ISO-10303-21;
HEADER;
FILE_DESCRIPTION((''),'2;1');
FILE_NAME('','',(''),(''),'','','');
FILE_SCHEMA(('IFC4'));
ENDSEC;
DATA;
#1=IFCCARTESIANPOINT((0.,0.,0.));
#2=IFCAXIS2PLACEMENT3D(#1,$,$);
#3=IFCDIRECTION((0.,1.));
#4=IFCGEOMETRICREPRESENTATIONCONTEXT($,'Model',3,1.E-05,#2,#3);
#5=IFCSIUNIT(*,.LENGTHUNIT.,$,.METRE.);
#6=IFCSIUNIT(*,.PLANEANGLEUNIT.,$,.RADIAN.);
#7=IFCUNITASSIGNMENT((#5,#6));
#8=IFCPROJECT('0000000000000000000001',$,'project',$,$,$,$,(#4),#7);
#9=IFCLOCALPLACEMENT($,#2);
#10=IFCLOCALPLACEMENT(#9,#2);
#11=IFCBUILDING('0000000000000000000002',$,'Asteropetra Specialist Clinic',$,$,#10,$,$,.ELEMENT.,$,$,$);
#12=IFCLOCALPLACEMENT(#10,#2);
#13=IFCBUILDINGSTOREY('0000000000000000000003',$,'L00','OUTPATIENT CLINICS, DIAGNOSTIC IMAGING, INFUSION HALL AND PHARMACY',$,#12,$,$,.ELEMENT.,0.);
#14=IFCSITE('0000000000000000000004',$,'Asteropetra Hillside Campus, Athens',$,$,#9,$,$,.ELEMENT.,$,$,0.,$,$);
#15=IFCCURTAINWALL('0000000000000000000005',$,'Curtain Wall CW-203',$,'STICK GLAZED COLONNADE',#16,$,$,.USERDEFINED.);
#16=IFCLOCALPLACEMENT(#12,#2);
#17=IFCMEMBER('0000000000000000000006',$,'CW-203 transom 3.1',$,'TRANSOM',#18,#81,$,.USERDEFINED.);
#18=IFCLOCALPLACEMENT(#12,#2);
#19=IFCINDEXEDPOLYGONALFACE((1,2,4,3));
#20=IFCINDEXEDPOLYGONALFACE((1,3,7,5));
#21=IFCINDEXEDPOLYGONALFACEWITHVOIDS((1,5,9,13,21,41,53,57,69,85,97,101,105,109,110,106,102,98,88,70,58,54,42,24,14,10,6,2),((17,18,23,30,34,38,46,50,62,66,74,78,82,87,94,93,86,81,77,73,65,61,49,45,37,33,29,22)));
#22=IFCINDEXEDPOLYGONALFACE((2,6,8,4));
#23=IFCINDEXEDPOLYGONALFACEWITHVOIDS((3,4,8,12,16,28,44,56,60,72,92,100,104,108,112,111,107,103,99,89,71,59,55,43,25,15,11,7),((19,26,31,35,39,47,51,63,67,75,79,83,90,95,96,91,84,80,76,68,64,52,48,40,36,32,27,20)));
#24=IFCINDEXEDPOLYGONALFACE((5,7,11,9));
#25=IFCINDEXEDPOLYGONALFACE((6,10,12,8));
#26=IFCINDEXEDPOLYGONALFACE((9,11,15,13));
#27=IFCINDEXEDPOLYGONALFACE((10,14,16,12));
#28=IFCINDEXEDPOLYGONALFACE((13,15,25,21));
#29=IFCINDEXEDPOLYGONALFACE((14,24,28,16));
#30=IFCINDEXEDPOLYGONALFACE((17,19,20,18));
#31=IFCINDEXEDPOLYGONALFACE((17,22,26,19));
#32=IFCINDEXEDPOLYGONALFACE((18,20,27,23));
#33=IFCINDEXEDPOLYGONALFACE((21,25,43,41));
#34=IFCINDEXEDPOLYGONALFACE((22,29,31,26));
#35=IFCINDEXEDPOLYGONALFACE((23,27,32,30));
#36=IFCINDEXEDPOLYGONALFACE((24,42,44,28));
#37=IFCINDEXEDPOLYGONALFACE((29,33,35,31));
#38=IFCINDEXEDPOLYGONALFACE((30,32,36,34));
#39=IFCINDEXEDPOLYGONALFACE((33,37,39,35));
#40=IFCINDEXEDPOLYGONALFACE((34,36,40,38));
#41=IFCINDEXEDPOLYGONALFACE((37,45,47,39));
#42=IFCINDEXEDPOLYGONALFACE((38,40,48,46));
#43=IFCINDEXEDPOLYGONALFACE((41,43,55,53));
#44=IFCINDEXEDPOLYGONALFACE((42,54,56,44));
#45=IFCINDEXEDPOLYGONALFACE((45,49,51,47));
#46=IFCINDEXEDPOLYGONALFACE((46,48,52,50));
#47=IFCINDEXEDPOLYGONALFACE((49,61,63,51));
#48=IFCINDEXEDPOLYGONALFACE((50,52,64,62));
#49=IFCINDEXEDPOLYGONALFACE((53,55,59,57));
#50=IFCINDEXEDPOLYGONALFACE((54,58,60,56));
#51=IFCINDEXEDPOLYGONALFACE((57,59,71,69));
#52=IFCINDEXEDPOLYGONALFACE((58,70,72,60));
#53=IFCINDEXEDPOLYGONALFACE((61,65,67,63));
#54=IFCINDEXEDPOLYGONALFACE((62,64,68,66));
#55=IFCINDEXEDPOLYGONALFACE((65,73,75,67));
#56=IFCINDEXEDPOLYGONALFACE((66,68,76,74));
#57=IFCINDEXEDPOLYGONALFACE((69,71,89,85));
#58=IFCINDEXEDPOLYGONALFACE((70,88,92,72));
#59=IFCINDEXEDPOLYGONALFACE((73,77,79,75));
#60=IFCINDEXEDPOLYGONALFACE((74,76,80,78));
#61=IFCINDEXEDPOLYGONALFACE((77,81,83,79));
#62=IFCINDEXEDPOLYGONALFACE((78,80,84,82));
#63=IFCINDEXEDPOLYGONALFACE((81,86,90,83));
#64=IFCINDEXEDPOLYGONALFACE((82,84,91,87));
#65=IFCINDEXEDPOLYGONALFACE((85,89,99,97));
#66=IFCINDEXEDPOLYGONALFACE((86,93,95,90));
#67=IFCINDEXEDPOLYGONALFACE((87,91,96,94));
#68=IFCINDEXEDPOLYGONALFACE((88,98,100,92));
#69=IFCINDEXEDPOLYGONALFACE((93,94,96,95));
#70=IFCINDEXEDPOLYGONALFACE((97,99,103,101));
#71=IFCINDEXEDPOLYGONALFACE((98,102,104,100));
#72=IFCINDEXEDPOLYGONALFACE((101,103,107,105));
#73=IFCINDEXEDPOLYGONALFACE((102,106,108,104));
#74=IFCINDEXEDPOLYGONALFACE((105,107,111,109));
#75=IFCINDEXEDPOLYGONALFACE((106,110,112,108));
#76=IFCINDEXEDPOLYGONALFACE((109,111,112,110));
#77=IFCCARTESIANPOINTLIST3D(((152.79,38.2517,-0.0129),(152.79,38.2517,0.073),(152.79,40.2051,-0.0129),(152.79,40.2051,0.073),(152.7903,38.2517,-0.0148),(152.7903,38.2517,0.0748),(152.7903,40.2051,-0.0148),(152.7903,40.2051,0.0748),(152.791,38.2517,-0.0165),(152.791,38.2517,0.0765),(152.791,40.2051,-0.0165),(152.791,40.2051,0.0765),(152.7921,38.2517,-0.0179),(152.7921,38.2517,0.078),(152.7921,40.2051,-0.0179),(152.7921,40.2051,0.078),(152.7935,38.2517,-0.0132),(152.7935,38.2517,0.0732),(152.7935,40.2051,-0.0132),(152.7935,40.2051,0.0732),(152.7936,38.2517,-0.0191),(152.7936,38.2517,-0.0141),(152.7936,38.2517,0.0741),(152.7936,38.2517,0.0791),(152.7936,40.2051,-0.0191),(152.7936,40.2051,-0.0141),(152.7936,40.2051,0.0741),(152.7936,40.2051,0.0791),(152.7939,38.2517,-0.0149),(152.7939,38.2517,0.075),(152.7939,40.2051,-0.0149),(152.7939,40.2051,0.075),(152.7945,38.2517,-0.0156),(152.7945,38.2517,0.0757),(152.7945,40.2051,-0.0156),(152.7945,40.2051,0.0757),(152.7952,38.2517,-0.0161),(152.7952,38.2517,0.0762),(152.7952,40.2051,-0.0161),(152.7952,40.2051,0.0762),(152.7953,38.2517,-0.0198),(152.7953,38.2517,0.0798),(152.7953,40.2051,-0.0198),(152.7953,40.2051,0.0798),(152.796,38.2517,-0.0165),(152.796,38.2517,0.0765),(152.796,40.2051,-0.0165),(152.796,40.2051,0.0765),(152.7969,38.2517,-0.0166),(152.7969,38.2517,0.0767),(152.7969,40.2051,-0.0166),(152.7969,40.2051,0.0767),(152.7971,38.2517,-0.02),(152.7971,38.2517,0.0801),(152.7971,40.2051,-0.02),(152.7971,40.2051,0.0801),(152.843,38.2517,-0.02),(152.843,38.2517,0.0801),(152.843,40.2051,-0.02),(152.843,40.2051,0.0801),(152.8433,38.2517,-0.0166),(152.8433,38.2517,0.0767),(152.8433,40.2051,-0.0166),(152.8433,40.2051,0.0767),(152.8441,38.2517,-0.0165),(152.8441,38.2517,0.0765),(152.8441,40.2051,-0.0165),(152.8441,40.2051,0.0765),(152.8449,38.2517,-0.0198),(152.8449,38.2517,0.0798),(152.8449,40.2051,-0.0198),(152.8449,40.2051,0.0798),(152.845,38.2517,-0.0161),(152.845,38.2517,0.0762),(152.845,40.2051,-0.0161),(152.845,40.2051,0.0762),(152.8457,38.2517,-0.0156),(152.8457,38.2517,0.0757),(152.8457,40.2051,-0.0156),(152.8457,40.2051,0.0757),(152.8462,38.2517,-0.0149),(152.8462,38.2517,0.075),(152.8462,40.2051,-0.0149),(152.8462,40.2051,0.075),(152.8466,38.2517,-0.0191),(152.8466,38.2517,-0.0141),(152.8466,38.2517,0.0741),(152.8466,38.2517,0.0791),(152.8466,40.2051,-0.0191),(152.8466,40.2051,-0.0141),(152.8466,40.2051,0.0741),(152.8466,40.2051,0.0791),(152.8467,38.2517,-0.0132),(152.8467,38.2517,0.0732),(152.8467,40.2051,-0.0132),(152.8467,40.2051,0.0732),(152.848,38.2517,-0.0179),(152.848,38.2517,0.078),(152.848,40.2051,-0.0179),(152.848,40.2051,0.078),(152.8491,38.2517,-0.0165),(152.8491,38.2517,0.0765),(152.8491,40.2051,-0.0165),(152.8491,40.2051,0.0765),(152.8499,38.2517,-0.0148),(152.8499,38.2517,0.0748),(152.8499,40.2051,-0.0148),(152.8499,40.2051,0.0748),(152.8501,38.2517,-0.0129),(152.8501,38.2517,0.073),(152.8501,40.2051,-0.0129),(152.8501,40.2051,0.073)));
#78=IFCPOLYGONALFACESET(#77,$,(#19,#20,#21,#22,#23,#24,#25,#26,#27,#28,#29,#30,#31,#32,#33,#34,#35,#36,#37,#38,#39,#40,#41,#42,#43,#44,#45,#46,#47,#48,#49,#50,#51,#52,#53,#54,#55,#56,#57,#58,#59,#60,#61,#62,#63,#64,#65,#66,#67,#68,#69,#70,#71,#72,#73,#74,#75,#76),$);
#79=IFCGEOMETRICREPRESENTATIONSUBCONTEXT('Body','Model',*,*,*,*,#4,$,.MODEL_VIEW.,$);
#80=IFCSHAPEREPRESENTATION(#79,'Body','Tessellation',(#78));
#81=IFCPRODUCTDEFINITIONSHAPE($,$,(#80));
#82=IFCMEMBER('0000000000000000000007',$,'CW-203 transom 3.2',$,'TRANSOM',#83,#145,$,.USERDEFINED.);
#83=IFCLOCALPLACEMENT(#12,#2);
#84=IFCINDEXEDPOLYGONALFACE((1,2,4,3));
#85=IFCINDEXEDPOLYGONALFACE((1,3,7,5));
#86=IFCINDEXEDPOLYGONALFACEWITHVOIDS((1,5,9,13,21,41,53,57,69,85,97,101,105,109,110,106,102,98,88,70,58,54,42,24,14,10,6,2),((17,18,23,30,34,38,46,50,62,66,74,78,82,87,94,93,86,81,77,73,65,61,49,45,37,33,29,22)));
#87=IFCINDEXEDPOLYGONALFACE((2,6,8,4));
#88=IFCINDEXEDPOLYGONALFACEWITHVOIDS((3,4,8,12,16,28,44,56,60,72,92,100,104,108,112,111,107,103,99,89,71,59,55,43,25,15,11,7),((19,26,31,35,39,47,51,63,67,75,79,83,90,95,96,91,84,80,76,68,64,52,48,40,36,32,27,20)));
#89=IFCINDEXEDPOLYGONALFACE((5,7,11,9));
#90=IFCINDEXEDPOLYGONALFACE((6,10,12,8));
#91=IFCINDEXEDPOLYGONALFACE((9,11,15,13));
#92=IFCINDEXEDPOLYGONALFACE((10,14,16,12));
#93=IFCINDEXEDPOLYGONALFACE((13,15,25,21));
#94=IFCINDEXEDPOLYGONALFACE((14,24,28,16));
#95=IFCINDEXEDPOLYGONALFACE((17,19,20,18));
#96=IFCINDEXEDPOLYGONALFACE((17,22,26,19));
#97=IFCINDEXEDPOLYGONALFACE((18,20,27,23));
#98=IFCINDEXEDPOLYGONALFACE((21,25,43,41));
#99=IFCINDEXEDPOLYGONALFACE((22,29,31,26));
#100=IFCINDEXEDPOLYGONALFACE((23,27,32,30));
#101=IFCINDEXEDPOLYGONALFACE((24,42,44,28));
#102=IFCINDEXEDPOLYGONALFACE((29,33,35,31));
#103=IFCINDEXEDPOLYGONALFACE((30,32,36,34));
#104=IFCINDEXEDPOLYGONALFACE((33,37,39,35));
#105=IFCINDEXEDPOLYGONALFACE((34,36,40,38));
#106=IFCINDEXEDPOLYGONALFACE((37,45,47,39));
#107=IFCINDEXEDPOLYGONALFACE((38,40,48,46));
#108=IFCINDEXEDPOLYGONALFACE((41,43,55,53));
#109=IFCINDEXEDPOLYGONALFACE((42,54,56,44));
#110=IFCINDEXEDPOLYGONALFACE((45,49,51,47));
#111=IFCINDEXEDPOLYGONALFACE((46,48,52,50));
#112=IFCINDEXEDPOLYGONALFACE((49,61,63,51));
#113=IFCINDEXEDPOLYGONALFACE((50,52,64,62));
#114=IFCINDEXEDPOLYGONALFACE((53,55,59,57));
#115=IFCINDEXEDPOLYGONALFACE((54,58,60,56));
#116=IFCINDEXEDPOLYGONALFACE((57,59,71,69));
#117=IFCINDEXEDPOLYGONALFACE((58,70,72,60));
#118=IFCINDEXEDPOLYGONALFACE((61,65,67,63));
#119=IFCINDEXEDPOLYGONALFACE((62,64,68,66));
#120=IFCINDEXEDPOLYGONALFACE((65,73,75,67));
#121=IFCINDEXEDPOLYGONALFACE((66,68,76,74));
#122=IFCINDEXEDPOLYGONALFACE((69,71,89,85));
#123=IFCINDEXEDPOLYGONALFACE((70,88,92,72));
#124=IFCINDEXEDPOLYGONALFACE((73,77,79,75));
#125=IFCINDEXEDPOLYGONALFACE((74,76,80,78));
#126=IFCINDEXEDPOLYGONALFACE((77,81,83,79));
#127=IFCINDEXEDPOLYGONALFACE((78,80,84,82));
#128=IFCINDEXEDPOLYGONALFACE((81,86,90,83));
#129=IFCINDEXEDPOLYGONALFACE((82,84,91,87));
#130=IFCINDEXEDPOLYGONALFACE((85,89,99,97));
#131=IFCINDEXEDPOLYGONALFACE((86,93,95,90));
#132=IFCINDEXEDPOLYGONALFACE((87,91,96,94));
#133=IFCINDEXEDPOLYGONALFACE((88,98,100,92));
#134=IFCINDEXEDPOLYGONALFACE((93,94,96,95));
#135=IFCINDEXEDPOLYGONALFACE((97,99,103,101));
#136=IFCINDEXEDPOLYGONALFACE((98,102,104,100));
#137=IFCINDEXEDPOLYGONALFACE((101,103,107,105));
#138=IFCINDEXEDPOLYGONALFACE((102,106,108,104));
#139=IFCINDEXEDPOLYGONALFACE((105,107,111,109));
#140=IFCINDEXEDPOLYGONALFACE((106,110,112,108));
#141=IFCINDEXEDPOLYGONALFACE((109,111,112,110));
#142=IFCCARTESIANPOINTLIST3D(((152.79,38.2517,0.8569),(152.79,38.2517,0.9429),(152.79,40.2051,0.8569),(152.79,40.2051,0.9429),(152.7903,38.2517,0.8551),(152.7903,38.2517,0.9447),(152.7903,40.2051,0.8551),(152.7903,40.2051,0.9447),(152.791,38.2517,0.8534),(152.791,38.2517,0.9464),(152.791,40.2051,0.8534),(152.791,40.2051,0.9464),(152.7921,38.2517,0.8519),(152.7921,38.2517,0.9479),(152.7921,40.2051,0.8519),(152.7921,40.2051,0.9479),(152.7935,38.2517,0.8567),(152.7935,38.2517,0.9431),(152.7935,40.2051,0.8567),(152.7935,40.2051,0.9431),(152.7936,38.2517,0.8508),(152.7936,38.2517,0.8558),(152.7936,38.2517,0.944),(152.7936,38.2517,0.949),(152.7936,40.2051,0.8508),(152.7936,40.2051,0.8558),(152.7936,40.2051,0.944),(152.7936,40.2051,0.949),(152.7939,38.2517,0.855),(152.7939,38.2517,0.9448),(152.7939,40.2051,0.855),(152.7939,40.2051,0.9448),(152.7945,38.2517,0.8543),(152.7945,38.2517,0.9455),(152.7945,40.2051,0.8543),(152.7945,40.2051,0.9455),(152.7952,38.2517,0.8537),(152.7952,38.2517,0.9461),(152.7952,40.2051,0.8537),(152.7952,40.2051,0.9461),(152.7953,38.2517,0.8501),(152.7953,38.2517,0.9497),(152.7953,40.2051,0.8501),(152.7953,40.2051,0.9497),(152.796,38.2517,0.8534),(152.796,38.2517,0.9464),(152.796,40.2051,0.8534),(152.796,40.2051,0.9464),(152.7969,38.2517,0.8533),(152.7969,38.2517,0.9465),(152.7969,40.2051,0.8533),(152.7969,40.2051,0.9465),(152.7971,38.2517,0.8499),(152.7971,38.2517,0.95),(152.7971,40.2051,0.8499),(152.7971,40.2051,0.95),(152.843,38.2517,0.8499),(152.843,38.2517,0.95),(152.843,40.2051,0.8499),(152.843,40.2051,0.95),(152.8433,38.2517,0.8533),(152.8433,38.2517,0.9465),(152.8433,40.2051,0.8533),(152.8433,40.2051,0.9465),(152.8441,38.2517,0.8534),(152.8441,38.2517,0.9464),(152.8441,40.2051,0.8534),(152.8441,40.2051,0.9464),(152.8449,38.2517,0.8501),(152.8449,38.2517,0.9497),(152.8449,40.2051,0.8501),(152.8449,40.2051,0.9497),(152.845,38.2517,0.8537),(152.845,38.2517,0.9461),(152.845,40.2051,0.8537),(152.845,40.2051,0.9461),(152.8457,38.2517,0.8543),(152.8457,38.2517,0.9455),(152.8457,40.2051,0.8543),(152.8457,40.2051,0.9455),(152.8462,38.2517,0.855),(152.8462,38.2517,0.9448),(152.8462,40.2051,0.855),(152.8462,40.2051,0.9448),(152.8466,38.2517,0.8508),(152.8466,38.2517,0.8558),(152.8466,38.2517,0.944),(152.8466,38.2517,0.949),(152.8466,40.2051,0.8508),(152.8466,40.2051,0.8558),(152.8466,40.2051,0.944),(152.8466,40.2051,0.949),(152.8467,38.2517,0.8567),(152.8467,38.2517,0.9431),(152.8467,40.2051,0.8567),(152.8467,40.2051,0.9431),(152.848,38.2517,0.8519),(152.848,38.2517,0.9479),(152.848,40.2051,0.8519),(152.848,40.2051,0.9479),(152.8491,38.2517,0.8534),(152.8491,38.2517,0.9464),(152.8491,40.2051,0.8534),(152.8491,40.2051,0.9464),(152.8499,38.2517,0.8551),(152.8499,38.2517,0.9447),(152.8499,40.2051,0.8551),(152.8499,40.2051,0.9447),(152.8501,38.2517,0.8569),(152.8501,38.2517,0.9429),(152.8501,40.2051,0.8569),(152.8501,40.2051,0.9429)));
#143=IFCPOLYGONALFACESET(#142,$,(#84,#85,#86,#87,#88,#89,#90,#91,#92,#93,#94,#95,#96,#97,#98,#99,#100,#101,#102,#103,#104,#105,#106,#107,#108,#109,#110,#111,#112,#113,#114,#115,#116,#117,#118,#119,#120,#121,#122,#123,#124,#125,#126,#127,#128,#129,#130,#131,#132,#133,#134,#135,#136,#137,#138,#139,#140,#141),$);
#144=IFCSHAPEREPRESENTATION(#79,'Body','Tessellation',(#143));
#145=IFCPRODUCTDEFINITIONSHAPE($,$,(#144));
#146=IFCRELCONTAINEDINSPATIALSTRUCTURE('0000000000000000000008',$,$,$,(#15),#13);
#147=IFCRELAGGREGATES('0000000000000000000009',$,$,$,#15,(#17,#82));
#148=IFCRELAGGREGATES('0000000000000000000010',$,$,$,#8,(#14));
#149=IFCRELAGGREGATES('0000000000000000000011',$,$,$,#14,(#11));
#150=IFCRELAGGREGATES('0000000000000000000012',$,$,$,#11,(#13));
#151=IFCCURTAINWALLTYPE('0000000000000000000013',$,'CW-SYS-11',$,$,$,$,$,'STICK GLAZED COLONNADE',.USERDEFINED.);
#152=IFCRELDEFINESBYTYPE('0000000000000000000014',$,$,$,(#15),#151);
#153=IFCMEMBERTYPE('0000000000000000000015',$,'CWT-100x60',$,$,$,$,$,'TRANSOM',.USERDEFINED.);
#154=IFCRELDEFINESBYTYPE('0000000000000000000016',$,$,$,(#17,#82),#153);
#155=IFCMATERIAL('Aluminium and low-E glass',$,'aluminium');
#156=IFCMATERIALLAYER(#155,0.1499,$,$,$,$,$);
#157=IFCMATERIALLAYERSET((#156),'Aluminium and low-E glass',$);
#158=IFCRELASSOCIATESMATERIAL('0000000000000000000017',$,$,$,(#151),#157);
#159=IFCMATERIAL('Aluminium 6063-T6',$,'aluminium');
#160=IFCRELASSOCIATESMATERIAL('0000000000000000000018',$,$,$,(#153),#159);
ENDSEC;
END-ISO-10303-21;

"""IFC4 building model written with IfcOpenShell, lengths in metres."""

from ifc_helpers import new_model, si_unit, direction, frame, origin, origin_2d, place, context, subcontext, project, spatial, hollow_rectangle, extrude, material, layer, layer_set, material_profile, profile_set, type_object, element, aggregate, save


model = new_model("IFC4")

# Units and contexts
model_context = context("Model", 3, precision=1e-05, world=origin(), true_north=direction((0.0, 1.0)))
body_context = subcontext(model_context, "Body", "Model", "MODEL_VIEW")
ifc_project = project(units=[si_unit("LENGTHUNIT", "METRE"), si_unit("PLANEANGLEUNIT", "RADIAN")], contexts=[model_context])

# Site, building, storey
site_placement = place(None, origin())
site = spatial("IfcSite", under=ifc_project, at=site_placement, Name="Asteropetra Hillside Campus, Athens", CompositionType="ELEMENT", RefElevation=0.0)
building_placement = place(site_placement, origin())
building = spatial("IfcBuilding", under=site, at=building_placement, Name="Asteropetra Specialist Clinic", CompositionType="ELEMENT")
storey_placement = place(building_placement, origin())
storey = spatial("IfcBuildingStorey", under=building, at=storey_placement, Name="L00", Description="OUTPATIENT CLINICS, DIAGNOSTIC IMAGING, INFUSION HALL AND PHARMACY", CompositionType="ELEMENT", Elevation=0.0)

# Curtain wall
ifc_material_1 = material(Name="Aluminium and low-E glass", Category="aluminium")
ifc_layer_1 = layer(ifc_material_1, 0.1499)
ifc_layer_set_1 = layer_set([ifc_layer_1], Name="Aluminium and low-E glass")
curtain_wall_type_1 = type_object("IfcCurtainWallType", Name="CW-SYS-11", ElementType="STICK GLAZED COLONNADE", PredefinedType="USERDEFINED", material=ifc_layer_set_1)
curtain_wall_1_placement = place(storey_placement, origin())
curtain_wall_1 = element("IfcCurtainWall", 1, at=curtain_wall_1_placement, inside=storey, type_object=curtain_wall_type_1, Name="Curtain Wall CW-203", ObjectType="STICK GLAZED COLONNADE", PredefinedType="USERDEFINED")

# Members
ifc_material_2 = material(Name="Aluminium 6063-T6", Category="aluminium")
ifc_material_profile_1 = material_profile(ifc_material_2, hollow_rectangle(XDim=0.0601, YDim=0.1001, WallThickness=0.0034, InnerFilletRadius=0.0034, OuterFilletRadius=0.0071, at=origin_2d()), Name="TRN 100x60x3.5")
ifc_profile_set_1 = profile_set([ifc_material_profile_1], Name="Aluminium 6063-T6")
member_type_1 = type_object("IfcMemberType", Name="CWT-100x60", ElementType="TRANSOM", PredefinedType="USERDEFINED", material=ifc_profile_set_1)
member_1_placement = place(storey_placement, frame((152.8201, 38.2517, 0.03), z_axis=(0.0, 1.0, 0.0), x_axis=(-1.0, 0.0, 0.0)))
member_1 = element("IfcMember", 2, at=member_1_placement, type_object=member_type_1, Name="CW-203 transom 3.1", ObjectType="TRANSOM", PredefinedType="USERDEFINED", context=body_context, shape_type="SweptSolid", body=[
    extrude(hollow_rectangle(XDim=0.0601, YDim=0.1001, WallThickness=0.0034, InnerFilletRadius=0.0034, OuterFilletRadius=0.0071, at=origin_2d()), origin(), (0.0, 0.0, 1.0), 1.9534),
])
member_2_placement = place(storey_placement, frame((152.8201, 38.2517, 0.8999), z_axis=(0.0, 1.0, 0.0), x_axis=(-1.0, 0.0, 0.0)))
member_2 = element("IfcMember", 3, at=member_2_placement, type_object=member_type_1, Name="CW-203 transom 3.2", ObjectType="TRANSOM", PredefinedType="USERDEFINED", context=body_context, shape_type="SweptSolid", body=[
    extrude(hollow_rectangle(XDim=0.0601, YDim=0.1001, WallThickness=0.0034, InnerFilletRadius=0.0034, OuterFilletRadius=0.0071, at=origin_2d()), origin(), (0.0, 0.0, 1.0), 1.9534),
])

aggregate(curtain_wall_1, [member_1, member_2])

save(model, "model.ifc")
